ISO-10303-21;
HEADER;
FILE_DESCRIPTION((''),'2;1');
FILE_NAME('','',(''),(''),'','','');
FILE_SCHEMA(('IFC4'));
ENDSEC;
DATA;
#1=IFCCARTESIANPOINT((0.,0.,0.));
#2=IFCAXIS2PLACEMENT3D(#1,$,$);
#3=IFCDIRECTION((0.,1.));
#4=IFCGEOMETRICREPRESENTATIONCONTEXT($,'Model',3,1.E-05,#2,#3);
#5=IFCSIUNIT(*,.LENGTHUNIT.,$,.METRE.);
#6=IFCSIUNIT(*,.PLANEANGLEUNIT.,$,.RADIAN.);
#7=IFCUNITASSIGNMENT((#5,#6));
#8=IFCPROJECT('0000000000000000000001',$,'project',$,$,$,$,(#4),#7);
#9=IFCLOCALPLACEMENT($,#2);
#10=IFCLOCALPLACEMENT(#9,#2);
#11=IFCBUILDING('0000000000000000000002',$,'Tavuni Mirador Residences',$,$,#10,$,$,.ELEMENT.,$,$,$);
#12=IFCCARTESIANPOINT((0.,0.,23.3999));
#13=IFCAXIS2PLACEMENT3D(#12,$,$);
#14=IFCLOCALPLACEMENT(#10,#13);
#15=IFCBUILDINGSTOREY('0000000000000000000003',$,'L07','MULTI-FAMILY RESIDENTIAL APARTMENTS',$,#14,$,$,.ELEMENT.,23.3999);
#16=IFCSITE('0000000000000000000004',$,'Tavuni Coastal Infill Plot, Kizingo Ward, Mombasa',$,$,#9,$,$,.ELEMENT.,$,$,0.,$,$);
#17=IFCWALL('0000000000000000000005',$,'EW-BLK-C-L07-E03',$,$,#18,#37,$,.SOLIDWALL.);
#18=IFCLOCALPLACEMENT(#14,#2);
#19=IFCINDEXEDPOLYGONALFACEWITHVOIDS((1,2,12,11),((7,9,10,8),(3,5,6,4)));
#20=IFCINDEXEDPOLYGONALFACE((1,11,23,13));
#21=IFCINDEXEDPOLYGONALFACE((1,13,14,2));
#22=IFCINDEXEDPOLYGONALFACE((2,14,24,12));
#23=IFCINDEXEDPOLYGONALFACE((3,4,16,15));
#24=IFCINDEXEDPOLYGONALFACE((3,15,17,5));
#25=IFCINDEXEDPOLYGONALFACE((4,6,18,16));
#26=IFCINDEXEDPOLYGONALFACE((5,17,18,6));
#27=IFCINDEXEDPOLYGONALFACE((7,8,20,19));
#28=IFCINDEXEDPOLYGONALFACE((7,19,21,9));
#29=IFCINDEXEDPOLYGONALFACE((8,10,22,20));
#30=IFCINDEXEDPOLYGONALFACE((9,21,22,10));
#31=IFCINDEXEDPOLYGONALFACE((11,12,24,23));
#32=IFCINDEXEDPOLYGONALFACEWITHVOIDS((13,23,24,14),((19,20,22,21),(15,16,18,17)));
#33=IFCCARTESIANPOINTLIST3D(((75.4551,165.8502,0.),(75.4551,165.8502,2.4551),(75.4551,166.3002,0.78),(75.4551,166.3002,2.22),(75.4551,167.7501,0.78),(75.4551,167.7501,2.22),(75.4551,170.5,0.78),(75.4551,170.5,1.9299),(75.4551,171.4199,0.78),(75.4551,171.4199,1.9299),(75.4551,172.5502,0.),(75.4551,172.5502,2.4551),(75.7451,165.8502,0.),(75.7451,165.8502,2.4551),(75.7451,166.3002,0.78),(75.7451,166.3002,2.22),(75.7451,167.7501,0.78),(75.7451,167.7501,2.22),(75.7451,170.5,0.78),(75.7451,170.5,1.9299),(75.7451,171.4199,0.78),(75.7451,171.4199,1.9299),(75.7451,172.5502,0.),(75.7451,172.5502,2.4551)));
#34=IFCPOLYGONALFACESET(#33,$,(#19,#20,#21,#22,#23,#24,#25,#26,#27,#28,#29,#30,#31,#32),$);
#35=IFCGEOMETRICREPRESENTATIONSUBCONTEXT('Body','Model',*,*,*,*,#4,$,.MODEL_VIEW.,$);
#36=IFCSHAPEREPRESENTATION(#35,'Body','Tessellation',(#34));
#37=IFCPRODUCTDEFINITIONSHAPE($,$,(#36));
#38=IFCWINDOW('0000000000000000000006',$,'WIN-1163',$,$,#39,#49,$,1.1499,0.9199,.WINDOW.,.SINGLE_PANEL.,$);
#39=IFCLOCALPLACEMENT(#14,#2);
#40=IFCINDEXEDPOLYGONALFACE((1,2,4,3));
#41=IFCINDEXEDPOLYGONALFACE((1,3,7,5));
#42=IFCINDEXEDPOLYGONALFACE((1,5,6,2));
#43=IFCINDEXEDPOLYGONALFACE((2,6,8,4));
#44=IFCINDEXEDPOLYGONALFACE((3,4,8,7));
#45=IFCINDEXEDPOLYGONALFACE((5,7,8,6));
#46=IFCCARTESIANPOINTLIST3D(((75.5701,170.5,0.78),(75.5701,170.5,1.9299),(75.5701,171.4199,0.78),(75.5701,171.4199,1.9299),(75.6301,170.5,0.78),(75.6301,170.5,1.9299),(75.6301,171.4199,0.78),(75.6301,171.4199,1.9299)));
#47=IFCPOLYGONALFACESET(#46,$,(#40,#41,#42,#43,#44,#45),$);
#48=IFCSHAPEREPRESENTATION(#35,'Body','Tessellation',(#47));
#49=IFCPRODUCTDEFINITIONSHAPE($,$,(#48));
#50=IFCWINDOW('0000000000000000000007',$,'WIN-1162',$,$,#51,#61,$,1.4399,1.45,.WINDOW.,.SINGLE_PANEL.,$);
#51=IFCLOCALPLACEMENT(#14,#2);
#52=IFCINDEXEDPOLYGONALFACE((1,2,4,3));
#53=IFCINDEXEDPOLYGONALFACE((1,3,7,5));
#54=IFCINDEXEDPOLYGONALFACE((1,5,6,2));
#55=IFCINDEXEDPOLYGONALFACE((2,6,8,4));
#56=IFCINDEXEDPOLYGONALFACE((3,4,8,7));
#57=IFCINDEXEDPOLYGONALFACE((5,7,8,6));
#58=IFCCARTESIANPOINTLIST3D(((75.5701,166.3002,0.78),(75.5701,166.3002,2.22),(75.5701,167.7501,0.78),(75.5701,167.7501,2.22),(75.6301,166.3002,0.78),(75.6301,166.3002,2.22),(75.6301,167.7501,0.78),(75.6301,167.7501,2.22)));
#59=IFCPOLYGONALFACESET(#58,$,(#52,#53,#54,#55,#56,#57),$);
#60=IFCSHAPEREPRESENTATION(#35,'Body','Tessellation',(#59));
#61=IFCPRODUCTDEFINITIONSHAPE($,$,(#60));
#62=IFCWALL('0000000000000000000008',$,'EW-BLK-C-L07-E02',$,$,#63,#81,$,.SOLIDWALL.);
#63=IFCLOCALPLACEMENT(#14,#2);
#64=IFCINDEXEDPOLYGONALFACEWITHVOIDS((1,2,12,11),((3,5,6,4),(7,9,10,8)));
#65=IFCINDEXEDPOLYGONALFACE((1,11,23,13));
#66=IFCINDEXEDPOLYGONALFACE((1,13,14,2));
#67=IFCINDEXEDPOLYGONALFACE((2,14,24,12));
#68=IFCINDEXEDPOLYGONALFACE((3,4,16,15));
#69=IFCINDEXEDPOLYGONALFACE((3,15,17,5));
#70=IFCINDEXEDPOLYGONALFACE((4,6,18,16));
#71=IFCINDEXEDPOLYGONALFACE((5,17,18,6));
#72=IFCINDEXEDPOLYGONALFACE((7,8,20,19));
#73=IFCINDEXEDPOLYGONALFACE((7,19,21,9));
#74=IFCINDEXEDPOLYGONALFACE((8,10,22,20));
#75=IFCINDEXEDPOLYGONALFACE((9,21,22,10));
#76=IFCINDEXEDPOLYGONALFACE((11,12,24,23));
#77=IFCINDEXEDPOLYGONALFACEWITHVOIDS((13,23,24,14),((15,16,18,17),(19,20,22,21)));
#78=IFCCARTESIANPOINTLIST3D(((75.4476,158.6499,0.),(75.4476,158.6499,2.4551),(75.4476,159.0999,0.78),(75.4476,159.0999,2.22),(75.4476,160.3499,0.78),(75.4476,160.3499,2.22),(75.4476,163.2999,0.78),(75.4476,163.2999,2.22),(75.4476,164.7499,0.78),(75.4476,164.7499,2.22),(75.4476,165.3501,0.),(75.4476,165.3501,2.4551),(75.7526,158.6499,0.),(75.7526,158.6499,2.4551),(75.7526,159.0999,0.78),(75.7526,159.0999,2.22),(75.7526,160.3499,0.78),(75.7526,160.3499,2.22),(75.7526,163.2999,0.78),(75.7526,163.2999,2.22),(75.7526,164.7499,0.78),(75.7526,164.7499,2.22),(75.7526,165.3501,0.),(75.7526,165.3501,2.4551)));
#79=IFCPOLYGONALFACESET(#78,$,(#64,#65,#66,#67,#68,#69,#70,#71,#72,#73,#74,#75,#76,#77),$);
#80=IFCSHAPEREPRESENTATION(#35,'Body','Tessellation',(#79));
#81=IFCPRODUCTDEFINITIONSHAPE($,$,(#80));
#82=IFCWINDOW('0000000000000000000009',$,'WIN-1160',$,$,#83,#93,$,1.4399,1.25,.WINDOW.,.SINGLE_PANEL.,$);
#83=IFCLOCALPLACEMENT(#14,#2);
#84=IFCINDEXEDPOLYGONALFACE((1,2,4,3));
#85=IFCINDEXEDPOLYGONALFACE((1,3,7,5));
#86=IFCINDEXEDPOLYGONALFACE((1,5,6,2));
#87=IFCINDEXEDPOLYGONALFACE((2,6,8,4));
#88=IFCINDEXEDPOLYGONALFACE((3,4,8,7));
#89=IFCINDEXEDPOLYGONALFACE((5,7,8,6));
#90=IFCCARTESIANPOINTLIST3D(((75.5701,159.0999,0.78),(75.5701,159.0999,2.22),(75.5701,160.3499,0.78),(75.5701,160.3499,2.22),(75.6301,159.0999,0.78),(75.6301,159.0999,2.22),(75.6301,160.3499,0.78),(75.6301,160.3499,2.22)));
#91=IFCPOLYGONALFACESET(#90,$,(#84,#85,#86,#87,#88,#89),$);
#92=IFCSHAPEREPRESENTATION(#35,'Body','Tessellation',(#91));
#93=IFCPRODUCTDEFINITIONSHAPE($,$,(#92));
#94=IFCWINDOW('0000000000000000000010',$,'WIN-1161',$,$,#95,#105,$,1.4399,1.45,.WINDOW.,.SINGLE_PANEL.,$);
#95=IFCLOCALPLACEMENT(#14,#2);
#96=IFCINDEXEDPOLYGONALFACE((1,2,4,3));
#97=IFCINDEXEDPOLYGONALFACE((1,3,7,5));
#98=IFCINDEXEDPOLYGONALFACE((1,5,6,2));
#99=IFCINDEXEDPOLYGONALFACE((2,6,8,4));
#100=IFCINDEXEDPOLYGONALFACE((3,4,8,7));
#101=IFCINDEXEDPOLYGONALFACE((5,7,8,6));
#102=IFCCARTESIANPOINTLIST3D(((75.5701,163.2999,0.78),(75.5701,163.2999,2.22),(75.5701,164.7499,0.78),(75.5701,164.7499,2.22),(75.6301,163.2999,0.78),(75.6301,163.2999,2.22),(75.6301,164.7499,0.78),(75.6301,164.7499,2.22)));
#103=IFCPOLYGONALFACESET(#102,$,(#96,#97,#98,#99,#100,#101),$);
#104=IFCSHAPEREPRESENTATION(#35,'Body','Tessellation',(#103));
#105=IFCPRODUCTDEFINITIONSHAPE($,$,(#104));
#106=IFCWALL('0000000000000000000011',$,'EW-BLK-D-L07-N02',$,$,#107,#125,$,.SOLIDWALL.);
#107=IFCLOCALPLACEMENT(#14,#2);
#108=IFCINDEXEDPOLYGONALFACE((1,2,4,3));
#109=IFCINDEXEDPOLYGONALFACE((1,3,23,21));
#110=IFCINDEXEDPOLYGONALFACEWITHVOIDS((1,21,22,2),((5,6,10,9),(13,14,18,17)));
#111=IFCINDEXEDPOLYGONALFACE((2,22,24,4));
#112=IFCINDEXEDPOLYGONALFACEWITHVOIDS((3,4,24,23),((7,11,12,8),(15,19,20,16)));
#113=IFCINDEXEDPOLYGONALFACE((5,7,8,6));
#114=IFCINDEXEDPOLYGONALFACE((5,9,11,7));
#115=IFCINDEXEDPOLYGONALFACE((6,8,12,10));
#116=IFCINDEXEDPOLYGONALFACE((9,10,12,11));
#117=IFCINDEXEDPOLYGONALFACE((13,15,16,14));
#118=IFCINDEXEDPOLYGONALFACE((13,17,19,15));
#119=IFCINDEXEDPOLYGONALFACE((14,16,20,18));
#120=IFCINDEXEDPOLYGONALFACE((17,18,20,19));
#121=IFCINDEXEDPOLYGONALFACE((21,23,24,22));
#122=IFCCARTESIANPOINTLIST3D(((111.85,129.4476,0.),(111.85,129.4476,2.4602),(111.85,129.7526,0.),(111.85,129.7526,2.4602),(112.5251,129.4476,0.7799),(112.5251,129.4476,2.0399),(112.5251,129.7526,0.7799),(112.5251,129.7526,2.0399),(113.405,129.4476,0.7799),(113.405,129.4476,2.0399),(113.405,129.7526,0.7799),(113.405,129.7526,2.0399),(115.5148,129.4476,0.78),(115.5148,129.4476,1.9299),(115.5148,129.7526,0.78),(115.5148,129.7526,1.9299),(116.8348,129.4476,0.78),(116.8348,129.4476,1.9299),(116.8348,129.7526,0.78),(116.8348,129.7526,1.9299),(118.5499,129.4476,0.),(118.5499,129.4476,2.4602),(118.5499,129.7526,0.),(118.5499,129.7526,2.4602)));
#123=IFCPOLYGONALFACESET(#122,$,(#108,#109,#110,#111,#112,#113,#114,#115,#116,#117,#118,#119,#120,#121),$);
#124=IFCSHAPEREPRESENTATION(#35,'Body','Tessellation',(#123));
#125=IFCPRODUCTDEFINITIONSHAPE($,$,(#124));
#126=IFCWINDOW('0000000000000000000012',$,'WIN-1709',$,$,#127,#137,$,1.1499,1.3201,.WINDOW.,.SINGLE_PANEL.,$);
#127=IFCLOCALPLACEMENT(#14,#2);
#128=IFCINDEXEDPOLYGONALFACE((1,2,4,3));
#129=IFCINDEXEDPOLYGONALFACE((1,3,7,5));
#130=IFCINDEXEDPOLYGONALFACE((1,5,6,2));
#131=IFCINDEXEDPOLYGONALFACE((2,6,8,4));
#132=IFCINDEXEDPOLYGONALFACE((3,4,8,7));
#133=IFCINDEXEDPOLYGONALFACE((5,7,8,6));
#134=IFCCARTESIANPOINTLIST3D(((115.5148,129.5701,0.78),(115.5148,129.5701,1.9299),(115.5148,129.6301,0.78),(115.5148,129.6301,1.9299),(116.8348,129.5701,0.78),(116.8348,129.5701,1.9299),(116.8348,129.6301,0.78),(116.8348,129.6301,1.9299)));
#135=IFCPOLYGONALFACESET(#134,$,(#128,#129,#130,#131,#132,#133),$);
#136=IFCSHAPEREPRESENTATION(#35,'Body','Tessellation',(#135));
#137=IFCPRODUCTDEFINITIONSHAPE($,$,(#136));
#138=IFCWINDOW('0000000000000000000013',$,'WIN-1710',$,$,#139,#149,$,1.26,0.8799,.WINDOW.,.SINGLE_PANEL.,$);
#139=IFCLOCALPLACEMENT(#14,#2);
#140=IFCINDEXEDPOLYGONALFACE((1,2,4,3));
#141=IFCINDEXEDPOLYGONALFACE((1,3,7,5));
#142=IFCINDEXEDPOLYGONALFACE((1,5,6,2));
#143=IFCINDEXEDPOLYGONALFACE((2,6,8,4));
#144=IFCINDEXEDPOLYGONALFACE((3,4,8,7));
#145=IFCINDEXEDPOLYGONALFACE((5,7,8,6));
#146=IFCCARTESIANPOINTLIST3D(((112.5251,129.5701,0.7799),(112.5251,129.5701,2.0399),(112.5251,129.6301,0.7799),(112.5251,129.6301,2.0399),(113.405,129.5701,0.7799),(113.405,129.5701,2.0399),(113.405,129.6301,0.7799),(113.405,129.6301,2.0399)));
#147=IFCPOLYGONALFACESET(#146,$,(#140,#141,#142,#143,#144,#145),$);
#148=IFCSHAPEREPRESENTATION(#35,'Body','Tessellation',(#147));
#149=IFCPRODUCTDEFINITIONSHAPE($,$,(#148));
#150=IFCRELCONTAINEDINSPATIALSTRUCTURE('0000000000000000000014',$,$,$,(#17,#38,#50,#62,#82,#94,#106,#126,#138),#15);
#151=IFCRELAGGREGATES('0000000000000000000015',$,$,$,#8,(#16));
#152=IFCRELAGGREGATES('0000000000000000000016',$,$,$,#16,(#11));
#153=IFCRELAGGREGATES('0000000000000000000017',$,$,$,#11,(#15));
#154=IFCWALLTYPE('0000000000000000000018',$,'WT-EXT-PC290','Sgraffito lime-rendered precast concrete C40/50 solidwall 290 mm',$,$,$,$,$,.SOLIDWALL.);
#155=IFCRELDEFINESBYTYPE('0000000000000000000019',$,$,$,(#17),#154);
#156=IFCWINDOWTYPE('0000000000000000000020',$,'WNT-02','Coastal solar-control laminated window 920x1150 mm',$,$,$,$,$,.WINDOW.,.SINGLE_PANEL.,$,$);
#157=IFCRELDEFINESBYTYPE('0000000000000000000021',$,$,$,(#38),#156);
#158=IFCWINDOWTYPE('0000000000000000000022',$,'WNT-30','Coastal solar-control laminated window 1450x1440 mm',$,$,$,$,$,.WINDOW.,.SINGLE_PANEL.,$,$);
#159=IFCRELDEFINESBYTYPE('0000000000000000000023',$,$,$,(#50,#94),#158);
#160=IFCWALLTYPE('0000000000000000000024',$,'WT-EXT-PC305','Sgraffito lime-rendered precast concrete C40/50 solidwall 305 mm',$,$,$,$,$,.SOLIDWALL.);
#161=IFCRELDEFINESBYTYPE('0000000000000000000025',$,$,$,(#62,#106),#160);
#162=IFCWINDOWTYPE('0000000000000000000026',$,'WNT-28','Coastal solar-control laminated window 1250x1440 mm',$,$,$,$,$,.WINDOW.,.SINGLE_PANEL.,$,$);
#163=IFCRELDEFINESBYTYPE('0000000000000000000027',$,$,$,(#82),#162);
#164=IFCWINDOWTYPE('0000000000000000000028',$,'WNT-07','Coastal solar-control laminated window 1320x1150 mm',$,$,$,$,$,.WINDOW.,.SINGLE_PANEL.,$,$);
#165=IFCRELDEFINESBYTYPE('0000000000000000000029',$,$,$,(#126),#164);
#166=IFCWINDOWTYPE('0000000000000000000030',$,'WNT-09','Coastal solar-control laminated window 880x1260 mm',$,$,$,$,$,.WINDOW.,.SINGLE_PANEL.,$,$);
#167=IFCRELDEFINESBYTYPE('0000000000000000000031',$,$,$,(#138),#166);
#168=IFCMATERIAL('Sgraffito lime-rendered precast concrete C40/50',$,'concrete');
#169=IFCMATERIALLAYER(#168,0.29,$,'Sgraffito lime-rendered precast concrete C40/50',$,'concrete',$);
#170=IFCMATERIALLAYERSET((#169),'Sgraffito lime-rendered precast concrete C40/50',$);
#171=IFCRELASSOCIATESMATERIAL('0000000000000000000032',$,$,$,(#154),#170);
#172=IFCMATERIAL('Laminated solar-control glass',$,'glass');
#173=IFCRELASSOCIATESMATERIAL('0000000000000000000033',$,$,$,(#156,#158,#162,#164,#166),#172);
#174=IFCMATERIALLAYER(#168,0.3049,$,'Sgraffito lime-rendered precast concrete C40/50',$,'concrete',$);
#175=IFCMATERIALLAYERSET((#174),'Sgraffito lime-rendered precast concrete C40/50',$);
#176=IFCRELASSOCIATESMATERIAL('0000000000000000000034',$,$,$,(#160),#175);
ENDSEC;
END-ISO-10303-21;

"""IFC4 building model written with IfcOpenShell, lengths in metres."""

from ifc_helpers import new_model, si_unit, direction, frame, frame_2d, origin, place, context, subcontext, project, spatial, rectangle, extrude, material, layer, layer_set, type_object, element, fill, save


model = new_model("IFC4")

# Units and contexts
model_context = context("Model", 3, precision=1e-05, world=origin(), true_north=direction((0.0, 1.0)))
body_context = subcontext(model_context, "Body", "Model", "MODEL_VIEW")
ifc_project = project(units=[si_unit("LENGTHUNIT", "METRE"), si_unit("PLANEANGLEUNIT", "RADIAN")], contexts=[model_context])

# Site, building, storey
site_placement = place(None, origin())
site = spatial("IfcSite", under=ifc_project, at=site_placement, Name="Tavuni Coastal Infill Plot, Kizingo Ward, Mombasa", CompositionType="ELEMENT", RefElevation=0.0)
building_placement = place(site_placement, origin())
building = spatial("IfcBuilding", under=site, at=building_placement, Name="Tavuni Mirador Residences", CompositionType="ELEMENT")
storey_placement = place(building_placement, frame((0.0, 0.0, 23.3999)))
storey = spatial("IfcBuildingStorey", under=building, at=storey_placement, Name="L07", Description="MULTI-FAMILY RESIDENTIAL APARTMENTS", CompositionType="ELEMENT", Elevation=23.3999)

# Walls, openings, windows
ifc_material_1 = material(Name="Laminated solar-control glass", Category="glass")
ifc_material_2 = material(Name="Sgraffito lime-rendered precast concrete C40/50", Category="concrete")
ifc_layer_1 = layer(ifc_material_2, 0.29, Name="Sgraffito lime-rendered precast concrete C40/50", Category="concrete")
ifc_layer_set_1 = layer_set([ifc_layer_1], Name="Sgraffito lime-rendered precast concrete C40/50")
wall_type_1 = type_object("IfcWallType", Name="WT-EXT-PC290", Description="Sgraffito lime-rendered precast concrete C40/50 solidwall 290 mm", PredefinedType="SOLIDWALL", material=ifc_layer_set_1)
wall_1_placement = place(storey_placement, frame((75.6001, 165.8501, 0.0), z_axis=(0.0, 0.0, 1.0), x_axis=(0.0, 1.0, 0.0)))
wall_1 = element("IfcWall", 1, at=wall_1_placement, inside=storey, type_object=wall_type_1, Name="EW-BLK-C-L07-E03", PredefinedType="SOLIDWALL", context=body_context, shape_type="SweptSolid", body=[
    extrude(rectangle(XDim=6.7, YDim=0.29, at=frame_2d((3.3501, 0.0))), origin(), (0.0, 0.0, 1.0), 2.4551),
])
opening_1_placement = place(wall_1_placement, frame((0.45, 0.0, 0.78)))
opening_1 = element("IfcOpeningElement", 2, at=opening_1_placement, cuts=wall_1, PredefinedType="OPENING", context=body_context, shape_type="SweptSolid", body=[
    extrude(rectangle(XDim=1.45, YDim=1.4399, at=frame_2d((0.7251, 0.72))), frame((0.0, 0.155, 0.0), z_axis=(0.0, -1.0, 0.0), x_axis=(1.0, 0.0, 0.0)), (0.0, 0.0, 1.0), 0.3101),
])
opening_2_placement = place(wall_1_placement, frame((4.6499, 0.0, 0.78)))
opening_2 = element("IfcOpeningElement", 3, at=opening_2_placement, cuts=wall_1, PredefinedType="OPENING", context=body_context, shape_type="SweptSolid", body=[
    extrude(rectangle(XDim=0.9199, YDim=1.1499, at=frame_2d((0.46, 0.575))), frame((0.0, 0.155, 0.0), z_axis=(0.0, -1.0, 0.0), x_axis=(1.0, 0.0, 0.0)), (0.0, 0.0, 1.0), 0.3101),
])
window_type_1 = type_object("IfcWindowType", Name="WNT-02", Description="Coastal solar-control laminated window 920x1150 mm", PartitioningType="SINGLE_PANEL", PredefinedType="WINDOW", material=ifc_material_1)
window_1_placement = place(opening_2_placement, origin())
window_1 = element("IfcWindow", 4, at=window_1_placement, inside=storey, type_object=window_type_1, Name="WIN-1163", OverallHeight=1.1499, OverallWidth=0.9199, PartitioningType="SINGLE_PANEL", PredefinedType="WINDOW", context=body_context, shape_type="SweptSolid", body=[
    extrude(rectangle(XDim=0.9199, YDim=1.1499, at=frame_2d((0.46, 0.575))), frame((0.0, 0.03, 0.0), z_axis=(0.0, -1.0, 0.0), x_axis=(1.0, 0.0, 0.0)), (0.0, 0.0, 1.0), 0.0601),
])
fill(opening_2, window_1)
window_type_2 = type_object("IfcWindowType", Name="WNT-30", Description="Coastal solar-control laminated window 1450x1440 mm", PartitioningType="SINGLE_PANEL", PredefinedType="WINDOW", material=ifc_material_1)
window_2_placement = place(opening_1_placement, origin())
window_2 = element("IfcWindow", 5, at=window_2_placement, inside=storey, type_object=window_type_2, Name="WIN-1162", OverallHeight=1.4399, OverallWidth=1.45, PartitioningType="SINGLE_PANEL", PredefinedType="WINDOW", context=body_context, shape_type="SweptSolid", body=[
    extrude(rectangle(XDim=1.45, YDim=1.4399, at=frame_2d((0.7251, 0.72))), frame((0.0, 0.03, 0.0), z_axis=(0.0, -1.0, 0.0), x_axis=(1.0, 0.0, 0.0)), (0.0, 0.0, 1.0), 0.0601),
])
fill(opening_1, window_2)
ifc_layer_2 = layer(ifc_material_2, 0.3049, Name="Sgraffito lime-rendered precast concrete C40/50", Category="concrete")
ifc_layer_set_2 = layer_set([ifc_layer_2], Name="Sgraffito lime-rendered precast concrete C40/50")
wall_type_2 = type_object("IfcWallType", Name="WT-EXT-PC305", Description="Sgraffito lime-rendered precast concrete C40/50 solidwall 305 mm", PredefinedType="SOLIDWALL", material=ifc_layer_set_2)
wall_2_placement = place(storey_placement, frame((75.6001, 158.6499, 0.0), z_axis=(0.0, 0.0, 1.0), x_axis=(0.0, 1.0, 0.0)))
wall_2 = element("IfcWall", 6, at=wall_2_placement, inside=storey, type_object=wall_type_2, Name="EW-BLK-C-L07-E02", PredefinedType="SOLIDWALL", context=body_context, shape_type="SweptSolid", body=[
    extrude(rectangle(XDim=6.7002, YDim=0.3049, at=frame_2d((3.3501, 0.0))), origin(), (0.0, 0.0, 1.0), 2.4551),
])
opening_3_placement = place(wall_2_placement, frame((0.45, 0.0, 0.78)))
opening_3 = element("IfcOpeningElement", 7, at=opening_3_placement, cuts=wall_2, PredefinedType="OPENING", context=body_context, shape_type="SweptSolid", body=[
    extrude(rectangle(XDim=1.25, YDim=1.4399, at=frame_2d((0.625, 0.72))), frame((0.0, 0.1626, 0.0), z_axis=(0.0, -1.0, 0.0), x_axis=(1.0, 0.0, 0.0)), (0.0, 0.0, 1.0), 0.325),
])
opening_4_placement = place(wall_2_placement, frame((4.6499, 0.0, 0.78)))
opening_4 = element("IfcOpeningElement", 8, at=opening_4_placement, cuts=wall_2, PredefinedType="OPENING", context=body_context, shape_type="SweptSolid", body=[
    extrude(rectangle(XDim=1.45, YDim=1.4399, at=frame_2d((0.7251, 0.72))), frame((0.0, 0.1626, 0.0), z_axis=(0.0, -1.0, 0.0), x_axis=(1.0, 0.0, 0.0)), (0.0, 0.0, 1.0), 0.325),
])
window_type_3 = type_object("IfcWindowType", Name="WNT-28", Description="Coastal solar-control laminated window 1250x1440 mm", PartitioningType="SINGLE_PANEL", PredefinedType="WINDOW", material=ifc_material_1)
window_3_placement = place(opening_3_placement, origin())
window_3 = element("IfcWindow", 9, at=window_3_placement, inside=storey, type_object=window_type_3, Name="WIN-1160", OverallHeight=1.4399, OverallWidth=1.25, PartitioningType="SINGLE_PANEL", PredefinedType="WINDOW", context=body_context, shape_type="SweptSolid", body=[
    extrude(rectangle(XDim=1.25, YDim=1.4399, at=frame_2d((0.625, 0.72))), frame((0.0, 0.03, 0.0), z_axis=(0.0, -1.0, 0.0), x_axis=(1.0, 0.0, 0.0)), (0.0, 0.0, 1.0), 0.0601),
])
fill(opening_3, window_3)
window_4_placement = place(opening_4_placement, origin())
window_4 = element("IfcWindow", 10, at=window_4_placement, inside=storey, type_object=window_type_2, Name="WIN-1161", OverallHeight=1.4399, OverallWidth=1.45, PartitioningType="SINGLE_PANEL", PredefinedType="WINDOW", context=body_context, shape_type="SweptSolid", body=[
    extrude(rectangle(XDim=1.45, YDim=1.4399, at=frame_2d((0.7251, 0.72))), frame((0.0, 0.03, 0.0), z_axis=(0.0, -1.0, 0.0), x_axis=(1.0, 0.0, 0.0)), (0.0, 0.0, 1.0), 0.0601),
])
fill(opening_4, window_4)
wall_3_placement = place(storey_placement, frame((118.55, 129.6001, 0.0), z_axis=(0.0, 0.0, 1.0), x_axis=(-1.0, 0.0, 0.0)))
wall_3 = element("IfcWall", 11, at=wall_3_placement, inside=storey, type_object=wall_type_2, Name="EW-BLK-D-L07-N02", PredefinedType="SOLIDWALL", context=body_context, shape_type="SweptSolid", body=[
    extrude(rectangle(XDim=6.7, YDim=0.3049, at=frame_2d((3.3501, 0.0))), origin(), (0.0, 0.0, 1.0), 2.4602),
])
opening_5_placement = place(wall_3_placement, frame((1.7151, 0.0, 0.78)))
opening_5 = element("IfcOpeningElement", 12, at=opening_5_placement, cuts=wall_3, PredefinedType="OPENING", context=body_context, shape_type="SweptSolid", body=[
    extrude(rectangle(XDim=1.3201, YDim=1.1499, at=frame_2d((0.6602, 0.575))), frame((0.0, 0.1626, 0.0), z_axis=(0.0, -1.0, 0.0), x_axis=(1.0, 0.0, 0.0)), (0.0, 0.0, 1.0), 0.325),
])
opening_6_placement = place(wall_3_placement, frame((5.145, 0.0, 0.78)))
opening_6 = element("IfcOpeningElement", 13, at=opening_6_placement, cuts=wall_3, PredefinedType="OPENING", context=body_context, shape_type="SweptSolid", body=[
    extrude(rectangle(XDim=0.8799, YDim=1.26, at=frame_2d((0.4399, 0.6299))), frame((0.0, 0.1626, 0.0), z_axis=(0.0, -1.0, 0.0), x_axis=(1.0, 0.0, 0.0)), (0.0, 0.0, 1.0), 0.325),
])
window_type_4 = type_object("IfcWindowType", Name="WNT-07", Description="Coastal solar-control laminated window 1320x1150 mm", PartitioningType="SINGLE_PANEL", PredefinedType="WINDOW", material=ifc_material_1)
window_5_placement = place(opening_5_placement, origin())
window_5 = element("IfcWindow", 14, at=window_5_placement, inside=storey, type_object=window_type_4, Name="WIN-1709", OverallHeight=1.1499, OverallWidth=1.3201, PartitioningType="SINGLE_PANEL", PredefinedType="WINDOW", context=body_context, shape_type="SweptSolid", body=[
    extrude(rectangle(XDim=1.3201, YDim=1.1499, at=frame_2d((0.6602, 0.575))), frame((0.0, 0.03, 0.0), z_axis=(0.0, -1.0, 0.0), x_axis=(1.0, 0.0, 0.0)), (0.0, 0.0, 1.0), 0.0601),
])
fill(opening_5, window_5)
window_type_5 = type_object("IfcWindowType", Name="WNT-09", Description="Coastal solar-control laminated window 880x1260 mm", PartitioningType="SINGLE_PANEL", PredefinedType="WINDOW", material=ifc_material_1)
window_6_placement = place(opening_6_placement, origin())
window_6 = element("IfcWindow", 15, at=window_6_placement, inside=storey, type_object=window_type_5, Name="WIN-1710", OverallHeight=1.26, OverallWidth=0.8799, PartitioningType="SINGLE_PANEL", PredefinedType="WINDOW", context=body_context, shape_type="SweptSolid", body=[
    extrude(rectangle(XDim=0.8799, YDim=1.26, at=frame_2d((0.4399, 0.6299))), frame((0.0, 0.03, 0.0), z_axis=(0.0, -1.0, 0.0), x_axis=(1.0, 0.0, 0.0)), (0.0, 0.0, 1.0), 0.0601),
])
fill(opening_6, window_6)

save(model, "model.ifc")
